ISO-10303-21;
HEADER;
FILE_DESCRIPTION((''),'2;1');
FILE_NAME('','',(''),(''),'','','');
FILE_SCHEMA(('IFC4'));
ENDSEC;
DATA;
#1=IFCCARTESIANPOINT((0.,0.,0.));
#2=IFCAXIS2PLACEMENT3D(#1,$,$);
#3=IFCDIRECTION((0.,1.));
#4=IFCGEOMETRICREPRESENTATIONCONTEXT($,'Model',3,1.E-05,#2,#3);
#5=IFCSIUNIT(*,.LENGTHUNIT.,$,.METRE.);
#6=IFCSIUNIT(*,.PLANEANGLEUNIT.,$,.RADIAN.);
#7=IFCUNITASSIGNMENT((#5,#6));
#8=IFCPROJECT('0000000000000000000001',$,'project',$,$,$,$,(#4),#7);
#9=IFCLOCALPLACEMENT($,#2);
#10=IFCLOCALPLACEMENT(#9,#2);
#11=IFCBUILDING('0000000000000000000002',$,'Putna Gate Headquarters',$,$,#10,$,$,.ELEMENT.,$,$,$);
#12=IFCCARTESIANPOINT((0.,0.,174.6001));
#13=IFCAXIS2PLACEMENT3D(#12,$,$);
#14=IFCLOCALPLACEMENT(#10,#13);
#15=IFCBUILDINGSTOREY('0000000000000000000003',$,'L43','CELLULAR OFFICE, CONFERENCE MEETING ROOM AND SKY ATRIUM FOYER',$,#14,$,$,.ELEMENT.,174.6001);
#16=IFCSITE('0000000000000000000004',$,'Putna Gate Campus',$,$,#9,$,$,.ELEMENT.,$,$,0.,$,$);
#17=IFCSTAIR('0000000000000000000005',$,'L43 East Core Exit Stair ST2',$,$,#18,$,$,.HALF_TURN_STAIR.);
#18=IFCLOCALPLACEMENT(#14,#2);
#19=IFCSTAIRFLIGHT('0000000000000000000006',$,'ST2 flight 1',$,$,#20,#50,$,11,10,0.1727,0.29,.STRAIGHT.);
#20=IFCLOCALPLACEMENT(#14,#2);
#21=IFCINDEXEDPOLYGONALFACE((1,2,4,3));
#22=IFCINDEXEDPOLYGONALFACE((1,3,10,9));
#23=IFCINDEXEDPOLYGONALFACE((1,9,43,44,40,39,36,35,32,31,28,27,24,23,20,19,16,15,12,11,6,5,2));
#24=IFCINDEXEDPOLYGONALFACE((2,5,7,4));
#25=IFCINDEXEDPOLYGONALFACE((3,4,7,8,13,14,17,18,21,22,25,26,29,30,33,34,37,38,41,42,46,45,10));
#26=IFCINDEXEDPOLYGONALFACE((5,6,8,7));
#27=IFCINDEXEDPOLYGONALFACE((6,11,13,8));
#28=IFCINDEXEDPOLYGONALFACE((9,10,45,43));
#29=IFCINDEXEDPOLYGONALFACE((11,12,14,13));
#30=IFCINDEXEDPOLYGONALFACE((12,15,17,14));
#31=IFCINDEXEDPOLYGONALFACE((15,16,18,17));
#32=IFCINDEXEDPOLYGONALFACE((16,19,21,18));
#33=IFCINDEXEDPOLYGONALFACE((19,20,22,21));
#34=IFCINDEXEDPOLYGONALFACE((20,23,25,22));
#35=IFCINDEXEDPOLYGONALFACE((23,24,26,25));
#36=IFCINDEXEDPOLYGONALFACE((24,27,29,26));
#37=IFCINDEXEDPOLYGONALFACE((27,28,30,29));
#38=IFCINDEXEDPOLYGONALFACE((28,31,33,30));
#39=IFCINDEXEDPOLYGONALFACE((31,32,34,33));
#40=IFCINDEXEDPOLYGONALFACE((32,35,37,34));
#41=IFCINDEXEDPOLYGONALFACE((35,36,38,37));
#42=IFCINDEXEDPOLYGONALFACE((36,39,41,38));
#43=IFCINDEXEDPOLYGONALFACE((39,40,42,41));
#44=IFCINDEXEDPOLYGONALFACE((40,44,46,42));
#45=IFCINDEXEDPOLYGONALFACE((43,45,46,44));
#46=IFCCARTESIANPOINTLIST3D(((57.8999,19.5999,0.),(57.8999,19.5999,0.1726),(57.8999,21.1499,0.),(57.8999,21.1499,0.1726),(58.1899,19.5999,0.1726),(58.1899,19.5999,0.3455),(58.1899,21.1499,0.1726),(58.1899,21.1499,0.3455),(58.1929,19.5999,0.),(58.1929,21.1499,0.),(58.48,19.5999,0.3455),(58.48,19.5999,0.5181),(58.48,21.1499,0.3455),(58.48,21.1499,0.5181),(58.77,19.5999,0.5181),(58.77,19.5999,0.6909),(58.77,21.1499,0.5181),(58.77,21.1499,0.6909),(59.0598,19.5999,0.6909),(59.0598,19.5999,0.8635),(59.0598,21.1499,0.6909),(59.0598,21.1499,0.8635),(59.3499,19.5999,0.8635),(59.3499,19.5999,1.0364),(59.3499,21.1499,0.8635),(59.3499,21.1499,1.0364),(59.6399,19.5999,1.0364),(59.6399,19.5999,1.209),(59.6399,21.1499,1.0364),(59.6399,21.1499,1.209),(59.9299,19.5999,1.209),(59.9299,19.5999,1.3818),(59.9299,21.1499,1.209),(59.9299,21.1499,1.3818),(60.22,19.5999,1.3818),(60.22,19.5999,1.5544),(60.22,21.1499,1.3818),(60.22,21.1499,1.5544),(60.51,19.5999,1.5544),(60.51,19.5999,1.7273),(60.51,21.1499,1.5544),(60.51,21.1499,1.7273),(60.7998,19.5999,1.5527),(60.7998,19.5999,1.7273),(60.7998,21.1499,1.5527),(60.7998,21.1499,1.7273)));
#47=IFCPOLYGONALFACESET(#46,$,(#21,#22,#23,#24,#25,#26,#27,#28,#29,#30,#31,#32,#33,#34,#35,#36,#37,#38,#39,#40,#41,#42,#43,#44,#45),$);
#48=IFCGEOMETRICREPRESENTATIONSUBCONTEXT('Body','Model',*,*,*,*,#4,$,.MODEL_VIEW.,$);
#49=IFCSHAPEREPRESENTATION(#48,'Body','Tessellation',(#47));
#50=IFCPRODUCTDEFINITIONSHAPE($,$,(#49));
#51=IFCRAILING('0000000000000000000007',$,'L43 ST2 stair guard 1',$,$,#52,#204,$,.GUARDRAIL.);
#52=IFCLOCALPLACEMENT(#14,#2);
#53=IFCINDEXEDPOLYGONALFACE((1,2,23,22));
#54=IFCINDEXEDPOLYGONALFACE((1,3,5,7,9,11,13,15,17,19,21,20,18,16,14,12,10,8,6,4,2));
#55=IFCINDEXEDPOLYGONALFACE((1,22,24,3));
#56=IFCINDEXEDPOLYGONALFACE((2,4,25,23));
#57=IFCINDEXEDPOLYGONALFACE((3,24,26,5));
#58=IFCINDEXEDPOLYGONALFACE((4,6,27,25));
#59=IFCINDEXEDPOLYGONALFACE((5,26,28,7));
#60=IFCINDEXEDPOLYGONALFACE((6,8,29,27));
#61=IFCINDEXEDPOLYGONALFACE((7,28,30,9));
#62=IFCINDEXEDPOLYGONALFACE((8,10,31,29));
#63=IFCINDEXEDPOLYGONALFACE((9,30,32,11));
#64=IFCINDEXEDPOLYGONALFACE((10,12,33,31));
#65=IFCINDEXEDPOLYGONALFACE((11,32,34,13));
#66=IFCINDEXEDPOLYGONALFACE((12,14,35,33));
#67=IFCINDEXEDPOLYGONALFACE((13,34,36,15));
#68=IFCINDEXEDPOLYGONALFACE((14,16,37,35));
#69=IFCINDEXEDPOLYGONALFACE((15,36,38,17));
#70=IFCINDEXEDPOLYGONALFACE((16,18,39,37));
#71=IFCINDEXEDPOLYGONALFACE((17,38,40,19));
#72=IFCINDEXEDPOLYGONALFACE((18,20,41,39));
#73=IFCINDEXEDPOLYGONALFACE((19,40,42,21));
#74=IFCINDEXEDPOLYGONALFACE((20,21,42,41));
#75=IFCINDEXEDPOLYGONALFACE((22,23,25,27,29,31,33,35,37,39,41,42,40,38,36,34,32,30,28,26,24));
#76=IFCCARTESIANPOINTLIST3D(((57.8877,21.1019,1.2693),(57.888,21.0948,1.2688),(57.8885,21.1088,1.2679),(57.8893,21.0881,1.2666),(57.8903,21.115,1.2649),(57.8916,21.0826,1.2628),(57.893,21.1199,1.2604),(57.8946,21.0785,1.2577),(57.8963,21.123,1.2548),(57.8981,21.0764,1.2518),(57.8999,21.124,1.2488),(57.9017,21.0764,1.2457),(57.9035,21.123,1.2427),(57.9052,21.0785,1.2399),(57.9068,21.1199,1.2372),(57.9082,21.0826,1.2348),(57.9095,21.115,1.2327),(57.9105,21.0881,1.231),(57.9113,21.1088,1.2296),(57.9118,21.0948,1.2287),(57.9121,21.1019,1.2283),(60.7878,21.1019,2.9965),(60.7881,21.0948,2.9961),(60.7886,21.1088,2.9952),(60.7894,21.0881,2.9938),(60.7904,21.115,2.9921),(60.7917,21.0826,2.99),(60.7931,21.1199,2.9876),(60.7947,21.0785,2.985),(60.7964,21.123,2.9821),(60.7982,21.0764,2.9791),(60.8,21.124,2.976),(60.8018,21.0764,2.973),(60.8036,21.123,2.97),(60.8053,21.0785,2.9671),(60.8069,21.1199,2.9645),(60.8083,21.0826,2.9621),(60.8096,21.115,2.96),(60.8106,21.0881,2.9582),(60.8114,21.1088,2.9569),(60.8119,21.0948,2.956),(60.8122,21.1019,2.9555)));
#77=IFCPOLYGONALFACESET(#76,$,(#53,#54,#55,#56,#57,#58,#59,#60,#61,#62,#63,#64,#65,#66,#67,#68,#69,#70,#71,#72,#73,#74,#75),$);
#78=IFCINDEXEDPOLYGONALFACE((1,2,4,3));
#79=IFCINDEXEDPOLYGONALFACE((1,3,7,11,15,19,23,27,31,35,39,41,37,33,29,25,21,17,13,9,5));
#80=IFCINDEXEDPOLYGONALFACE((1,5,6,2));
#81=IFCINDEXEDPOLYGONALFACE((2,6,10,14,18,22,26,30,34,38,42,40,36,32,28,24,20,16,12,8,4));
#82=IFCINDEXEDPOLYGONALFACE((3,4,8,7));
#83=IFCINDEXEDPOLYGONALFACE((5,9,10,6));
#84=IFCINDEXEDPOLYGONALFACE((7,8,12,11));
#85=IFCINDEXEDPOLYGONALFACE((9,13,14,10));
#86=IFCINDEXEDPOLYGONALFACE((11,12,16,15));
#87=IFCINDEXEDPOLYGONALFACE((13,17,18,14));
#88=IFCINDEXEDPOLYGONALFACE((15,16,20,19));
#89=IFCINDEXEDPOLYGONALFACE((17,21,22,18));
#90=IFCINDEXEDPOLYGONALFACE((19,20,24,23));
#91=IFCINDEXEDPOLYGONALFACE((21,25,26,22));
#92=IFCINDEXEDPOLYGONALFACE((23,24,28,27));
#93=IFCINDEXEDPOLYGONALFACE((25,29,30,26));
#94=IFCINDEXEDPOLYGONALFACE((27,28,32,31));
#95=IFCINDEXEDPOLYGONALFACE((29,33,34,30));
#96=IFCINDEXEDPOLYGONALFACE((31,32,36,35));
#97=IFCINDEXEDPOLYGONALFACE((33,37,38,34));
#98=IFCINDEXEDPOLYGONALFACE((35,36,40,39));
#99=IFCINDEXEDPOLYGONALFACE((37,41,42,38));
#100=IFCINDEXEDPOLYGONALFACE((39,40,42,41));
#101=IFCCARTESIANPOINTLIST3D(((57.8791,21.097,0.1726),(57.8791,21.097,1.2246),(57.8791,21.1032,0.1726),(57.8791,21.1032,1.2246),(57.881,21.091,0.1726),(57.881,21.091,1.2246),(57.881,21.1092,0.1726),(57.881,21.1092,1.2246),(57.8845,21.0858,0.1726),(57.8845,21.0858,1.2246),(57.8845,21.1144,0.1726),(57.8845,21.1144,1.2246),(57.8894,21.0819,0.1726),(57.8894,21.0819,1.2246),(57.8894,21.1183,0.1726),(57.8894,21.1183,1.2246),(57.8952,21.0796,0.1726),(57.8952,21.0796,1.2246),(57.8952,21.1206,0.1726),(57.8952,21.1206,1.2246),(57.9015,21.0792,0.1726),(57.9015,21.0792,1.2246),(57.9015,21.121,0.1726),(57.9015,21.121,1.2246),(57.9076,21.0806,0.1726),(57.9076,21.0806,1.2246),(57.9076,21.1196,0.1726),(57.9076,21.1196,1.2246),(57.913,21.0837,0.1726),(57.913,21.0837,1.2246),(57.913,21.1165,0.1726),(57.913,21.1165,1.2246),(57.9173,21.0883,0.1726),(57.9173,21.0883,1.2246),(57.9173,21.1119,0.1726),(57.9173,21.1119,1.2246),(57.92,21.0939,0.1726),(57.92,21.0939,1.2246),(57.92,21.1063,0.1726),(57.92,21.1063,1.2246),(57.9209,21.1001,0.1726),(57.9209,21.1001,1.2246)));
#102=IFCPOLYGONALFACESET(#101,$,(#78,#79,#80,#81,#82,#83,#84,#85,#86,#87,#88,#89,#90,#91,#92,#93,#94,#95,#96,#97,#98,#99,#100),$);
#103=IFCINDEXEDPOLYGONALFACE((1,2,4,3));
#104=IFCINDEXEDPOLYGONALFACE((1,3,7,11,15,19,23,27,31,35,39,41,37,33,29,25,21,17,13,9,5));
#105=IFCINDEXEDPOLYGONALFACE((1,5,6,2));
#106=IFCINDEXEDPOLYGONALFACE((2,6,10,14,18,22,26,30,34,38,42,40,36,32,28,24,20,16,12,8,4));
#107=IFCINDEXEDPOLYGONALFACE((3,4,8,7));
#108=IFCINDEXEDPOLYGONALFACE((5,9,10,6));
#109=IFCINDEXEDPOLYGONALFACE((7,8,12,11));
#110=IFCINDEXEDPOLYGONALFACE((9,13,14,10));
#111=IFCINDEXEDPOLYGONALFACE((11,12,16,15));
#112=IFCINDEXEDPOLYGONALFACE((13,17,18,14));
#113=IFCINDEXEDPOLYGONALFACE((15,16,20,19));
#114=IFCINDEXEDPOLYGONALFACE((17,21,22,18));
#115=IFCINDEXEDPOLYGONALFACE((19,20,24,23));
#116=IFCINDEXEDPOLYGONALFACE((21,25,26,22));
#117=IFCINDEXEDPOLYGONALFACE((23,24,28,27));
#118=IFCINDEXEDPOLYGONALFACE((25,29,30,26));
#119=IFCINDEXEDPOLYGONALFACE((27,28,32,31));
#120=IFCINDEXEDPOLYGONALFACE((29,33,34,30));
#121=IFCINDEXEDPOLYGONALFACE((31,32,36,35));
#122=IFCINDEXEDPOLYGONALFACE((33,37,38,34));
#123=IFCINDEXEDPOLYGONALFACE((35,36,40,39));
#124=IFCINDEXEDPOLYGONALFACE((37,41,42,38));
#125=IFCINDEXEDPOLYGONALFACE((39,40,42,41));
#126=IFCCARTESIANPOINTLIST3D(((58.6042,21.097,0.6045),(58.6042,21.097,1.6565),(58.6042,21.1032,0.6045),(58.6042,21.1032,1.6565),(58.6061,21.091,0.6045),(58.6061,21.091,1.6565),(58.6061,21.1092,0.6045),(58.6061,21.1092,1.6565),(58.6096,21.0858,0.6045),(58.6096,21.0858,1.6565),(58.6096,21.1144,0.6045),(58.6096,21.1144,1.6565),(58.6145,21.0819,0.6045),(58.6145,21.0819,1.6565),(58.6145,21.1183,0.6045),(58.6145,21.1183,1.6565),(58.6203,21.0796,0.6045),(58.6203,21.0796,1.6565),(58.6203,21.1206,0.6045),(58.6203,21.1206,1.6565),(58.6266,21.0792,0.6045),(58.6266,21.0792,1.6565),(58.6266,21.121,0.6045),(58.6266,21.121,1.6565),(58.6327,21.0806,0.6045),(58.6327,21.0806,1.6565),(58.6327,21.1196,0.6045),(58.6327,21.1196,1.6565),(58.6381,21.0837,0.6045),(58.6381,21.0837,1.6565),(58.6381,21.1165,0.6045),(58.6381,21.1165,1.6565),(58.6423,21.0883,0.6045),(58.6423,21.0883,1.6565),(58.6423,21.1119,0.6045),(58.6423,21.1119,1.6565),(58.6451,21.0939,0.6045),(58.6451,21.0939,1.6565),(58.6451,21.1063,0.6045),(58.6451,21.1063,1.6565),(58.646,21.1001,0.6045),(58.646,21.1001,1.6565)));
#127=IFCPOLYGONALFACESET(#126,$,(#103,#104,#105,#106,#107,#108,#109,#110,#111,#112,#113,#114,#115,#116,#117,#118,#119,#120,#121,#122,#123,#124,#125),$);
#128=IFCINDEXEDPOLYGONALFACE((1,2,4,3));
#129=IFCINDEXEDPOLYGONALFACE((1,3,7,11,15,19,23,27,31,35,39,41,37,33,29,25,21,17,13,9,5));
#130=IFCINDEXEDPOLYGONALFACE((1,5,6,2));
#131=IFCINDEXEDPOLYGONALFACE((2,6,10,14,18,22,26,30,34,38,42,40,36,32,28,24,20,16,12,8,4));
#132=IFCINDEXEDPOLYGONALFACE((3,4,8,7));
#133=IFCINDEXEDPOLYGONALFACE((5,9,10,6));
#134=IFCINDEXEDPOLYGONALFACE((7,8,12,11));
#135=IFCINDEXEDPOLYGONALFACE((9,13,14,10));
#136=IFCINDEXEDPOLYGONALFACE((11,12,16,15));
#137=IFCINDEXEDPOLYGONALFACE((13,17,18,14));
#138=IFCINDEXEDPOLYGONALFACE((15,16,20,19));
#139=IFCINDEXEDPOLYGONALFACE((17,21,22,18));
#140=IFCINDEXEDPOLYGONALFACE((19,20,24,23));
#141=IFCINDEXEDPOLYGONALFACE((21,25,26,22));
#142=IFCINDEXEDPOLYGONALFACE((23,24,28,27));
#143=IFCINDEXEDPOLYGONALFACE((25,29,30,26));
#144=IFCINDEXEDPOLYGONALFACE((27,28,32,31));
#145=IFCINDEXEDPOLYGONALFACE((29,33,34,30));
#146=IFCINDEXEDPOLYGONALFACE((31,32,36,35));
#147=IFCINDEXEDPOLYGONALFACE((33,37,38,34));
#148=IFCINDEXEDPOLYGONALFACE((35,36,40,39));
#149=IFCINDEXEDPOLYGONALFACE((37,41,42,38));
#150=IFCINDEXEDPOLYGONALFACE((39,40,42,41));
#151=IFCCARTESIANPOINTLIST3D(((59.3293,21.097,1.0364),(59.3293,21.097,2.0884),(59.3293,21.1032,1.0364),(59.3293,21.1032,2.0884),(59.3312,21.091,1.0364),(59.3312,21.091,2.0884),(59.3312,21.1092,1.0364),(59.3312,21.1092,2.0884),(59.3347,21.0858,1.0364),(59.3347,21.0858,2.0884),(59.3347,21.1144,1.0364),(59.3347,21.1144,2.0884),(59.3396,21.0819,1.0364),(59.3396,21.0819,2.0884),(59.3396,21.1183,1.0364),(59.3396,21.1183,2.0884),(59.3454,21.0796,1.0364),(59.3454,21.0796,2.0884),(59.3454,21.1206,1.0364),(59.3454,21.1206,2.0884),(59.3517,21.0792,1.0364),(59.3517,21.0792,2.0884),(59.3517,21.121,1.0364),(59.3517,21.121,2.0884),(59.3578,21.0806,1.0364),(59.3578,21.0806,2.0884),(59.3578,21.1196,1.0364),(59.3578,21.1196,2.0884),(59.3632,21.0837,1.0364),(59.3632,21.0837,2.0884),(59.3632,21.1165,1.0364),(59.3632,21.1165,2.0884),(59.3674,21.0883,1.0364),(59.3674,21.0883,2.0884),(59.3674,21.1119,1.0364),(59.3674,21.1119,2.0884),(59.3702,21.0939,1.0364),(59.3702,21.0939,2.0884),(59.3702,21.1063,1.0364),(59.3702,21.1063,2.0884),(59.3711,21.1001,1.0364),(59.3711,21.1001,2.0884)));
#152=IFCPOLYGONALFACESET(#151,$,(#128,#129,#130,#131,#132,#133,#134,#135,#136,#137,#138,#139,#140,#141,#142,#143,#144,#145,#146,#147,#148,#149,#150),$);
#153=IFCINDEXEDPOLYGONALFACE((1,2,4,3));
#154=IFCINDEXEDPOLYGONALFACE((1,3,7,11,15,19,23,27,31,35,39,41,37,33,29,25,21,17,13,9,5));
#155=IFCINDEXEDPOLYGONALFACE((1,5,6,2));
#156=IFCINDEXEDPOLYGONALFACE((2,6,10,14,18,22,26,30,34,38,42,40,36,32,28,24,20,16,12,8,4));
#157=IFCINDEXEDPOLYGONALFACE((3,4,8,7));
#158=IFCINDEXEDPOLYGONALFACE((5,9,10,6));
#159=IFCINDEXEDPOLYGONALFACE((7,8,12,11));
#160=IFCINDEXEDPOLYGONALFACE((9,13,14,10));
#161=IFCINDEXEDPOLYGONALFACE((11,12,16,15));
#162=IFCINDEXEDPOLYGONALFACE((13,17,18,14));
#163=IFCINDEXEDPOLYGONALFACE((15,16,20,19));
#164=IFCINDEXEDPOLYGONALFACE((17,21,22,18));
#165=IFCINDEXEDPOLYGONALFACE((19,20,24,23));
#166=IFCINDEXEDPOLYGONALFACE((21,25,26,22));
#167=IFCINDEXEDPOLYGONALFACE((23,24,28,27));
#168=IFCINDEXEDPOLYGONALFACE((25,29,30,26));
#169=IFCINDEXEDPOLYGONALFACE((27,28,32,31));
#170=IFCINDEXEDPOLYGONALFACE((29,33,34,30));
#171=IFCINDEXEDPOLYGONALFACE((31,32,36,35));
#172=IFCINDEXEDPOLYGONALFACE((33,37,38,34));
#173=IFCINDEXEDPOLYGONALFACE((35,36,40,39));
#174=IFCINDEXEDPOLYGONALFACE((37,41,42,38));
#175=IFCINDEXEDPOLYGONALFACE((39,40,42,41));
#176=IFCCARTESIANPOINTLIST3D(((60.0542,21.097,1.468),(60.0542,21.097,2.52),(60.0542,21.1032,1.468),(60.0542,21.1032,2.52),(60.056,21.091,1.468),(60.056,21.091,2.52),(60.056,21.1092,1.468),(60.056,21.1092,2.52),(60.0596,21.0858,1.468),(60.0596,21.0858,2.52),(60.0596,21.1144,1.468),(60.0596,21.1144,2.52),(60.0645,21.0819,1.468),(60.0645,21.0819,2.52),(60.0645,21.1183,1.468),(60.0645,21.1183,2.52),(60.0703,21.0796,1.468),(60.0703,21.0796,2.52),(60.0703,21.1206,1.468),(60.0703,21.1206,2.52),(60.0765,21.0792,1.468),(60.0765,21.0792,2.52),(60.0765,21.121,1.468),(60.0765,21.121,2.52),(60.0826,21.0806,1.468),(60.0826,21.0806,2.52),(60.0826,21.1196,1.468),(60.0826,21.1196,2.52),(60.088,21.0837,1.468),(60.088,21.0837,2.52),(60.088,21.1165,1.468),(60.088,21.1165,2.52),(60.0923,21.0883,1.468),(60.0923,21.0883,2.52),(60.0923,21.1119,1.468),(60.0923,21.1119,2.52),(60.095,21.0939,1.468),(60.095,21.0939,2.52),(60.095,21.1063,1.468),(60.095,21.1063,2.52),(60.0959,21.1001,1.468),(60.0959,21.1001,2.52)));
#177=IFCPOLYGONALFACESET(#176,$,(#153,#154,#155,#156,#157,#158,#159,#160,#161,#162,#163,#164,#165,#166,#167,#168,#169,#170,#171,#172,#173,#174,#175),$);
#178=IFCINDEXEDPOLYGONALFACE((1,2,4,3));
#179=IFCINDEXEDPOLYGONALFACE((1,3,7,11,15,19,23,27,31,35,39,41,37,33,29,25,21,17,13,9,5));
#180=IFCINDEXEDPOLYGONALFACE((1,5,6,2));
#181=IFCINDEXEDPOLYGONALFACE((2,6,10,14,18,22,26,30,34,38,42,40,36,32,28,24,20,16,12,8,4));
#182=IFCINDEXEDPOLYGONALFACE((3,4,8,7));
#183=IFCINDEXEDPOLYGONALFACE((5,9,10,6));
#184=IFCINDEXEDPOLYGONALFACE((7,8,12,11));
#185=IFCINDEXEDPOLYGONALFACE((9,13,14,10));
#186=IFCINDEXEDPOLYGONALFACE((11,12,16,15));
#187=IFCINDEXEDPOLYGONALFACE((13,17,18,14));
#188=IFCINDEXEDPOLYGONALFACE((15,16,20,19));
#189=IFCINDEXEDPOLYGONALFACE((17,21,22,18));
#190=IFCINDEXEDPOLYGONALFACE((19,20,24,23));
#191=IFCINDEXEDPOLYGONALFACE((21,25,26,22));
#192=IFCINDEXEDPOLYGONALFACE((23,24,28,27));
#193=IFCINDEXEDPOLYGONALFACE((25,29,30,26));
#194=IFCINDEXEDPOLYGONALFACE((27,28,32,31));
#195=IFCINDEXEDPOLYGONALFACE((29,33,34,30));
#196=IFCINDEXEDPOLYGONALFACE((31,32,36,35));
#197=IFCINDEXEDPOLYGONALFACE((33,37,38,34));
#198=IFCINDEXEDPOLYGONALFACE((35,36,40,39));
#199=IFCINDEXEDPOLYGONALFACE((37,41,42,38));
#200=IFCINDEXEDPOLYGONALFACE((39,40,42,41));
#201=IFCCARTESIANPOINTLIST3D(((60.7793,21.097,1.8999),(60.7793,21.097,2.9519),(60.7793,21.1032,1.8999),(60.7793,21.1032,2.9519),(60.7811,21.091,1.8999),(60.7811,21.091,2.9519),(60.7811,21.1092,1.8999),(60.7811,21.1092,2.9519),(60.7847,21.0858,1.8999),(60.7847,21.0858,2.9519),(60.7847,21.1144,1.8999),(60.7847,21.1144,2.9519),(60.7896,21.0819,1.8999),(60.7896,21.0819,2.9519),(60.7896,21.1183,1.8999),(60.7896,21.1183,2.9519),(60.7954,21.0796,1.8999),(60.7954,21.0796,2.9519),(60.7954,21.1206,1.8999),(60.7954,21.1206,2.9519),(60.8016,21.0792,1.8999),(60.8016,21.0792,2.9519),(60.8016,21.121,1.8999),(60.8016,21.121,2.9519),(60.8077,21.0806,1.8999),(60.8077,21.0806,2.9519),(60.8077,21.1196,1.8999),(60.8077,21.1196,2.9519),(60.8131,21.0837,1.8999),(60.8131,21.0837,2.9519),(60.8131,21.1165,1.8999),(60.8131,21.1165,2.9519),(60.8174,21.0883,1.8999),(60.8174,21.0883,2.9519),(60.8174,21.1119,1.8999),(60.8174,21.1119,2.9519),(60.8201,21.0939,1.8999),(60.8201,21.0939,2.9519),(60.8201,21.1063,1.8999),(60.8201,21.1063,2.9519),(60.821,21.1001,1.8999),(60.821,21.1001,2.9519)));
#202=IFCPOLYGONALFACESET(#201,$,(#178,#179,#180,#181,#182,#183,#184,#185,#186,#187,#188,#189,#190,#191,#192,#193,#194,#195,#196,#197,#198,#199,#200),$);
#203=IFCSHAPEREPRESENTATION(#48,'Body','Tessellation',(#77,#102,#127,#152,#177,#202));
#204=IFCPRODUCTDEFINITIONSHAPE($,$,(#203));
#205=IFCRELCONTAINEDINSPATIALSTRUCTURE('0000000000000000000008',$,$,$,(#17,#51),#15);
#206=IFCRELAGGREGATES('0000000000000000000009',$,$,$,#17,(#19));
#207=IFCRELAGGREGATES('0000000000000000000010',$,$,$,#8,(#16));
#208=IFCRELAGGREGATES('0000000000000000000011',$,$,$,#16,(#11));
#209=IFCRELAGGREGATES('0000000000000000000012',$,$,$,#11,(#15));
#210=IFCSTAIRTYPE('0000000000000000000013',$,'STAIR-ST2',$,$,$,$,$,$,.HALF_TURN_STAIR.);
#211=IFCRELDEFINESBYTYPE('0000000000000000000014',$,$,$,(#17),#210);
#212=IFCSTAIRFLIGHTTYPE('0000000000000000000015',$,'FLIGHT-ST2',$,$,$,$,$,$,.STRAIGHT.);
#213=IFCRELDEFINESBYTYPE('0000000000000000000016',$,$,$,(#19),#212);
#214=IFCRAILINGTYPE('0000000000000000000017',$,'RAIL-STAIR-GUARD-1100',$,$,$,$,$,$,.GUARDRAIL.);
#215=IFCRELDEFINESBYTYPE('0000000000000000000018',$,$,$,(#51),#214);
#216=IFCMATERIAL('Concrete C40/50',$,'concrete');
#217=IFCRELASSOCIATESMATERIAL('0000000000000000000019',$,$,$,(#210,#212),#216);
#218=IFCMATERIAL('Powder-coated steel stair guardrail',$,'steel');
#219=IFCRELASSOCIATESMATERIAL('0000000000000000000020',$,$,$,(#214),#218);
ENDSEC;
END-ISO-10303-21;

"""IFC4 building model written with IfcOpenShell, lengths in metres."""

from ifc_helpers import new_model, si_unit, direction, frame, origin, origin_2d, place, context, subcontext, project, spatial, polyline, circle, outline, extrude, material, type_object, element, aggregate, save


model = new_model("IFC4")

# Units and contexts
model_context = context("Model", 3, precision=1e-05, world=origin(), true_north=direction((0.0, 1.0)))
body_context = subcontext(model_context, "Body", "Model", "MODEL_VIEW")
ifc_project = project(units=[si_unit("LENGTHUNIT", "METRE"), si_unit("PLANEANGLEUNIT", "RADIAN")], contexts=[model_context])

# Site, building, storey
site_placement = place(None, origin())
site = spatial("IfcSite", under=ifc_project, at=site_placement, Name="Putna Gate Campus", CompositionType="ELEMENT", RefElevation=0.0)
building_placement = place(site_placement, origin())
building = spatial("IfcBuilding", under=site, at=building_placement, Name="Putna Gate Headquarters", CompositionType="ELEMENT")
storey_placement = place(building_placement, frame((0.0, 0.0, 174.6001)))
storey = spatial("IfcBuildingStorey", under=building, at=storey_placement, Name="L43", Description="CELLULAR OFFICE, CONFERENCE MEETING ROOM AND SKY ATRIUM FOYER", CompositionType="ELEMENT", Elevation=174.6001)

# Shared definitions
ifc_material_1 = material(Name="Concrete C40/50", Category="concrete")

# Stair, stair flight
stair_type = type_object("IfcStairType", Name="STAIR-ST2", PredefinedType="HALF_TURN_STAIR", material=ifc_material_1)
stair_placement = place(storey_placement, origin())
stair = element("IfcStair", 1, at=stair_placement, inside=storey, type_object=stair_type, Name="L43 East Core Exit Stair ST2", PredefinedType="HALF_TURN_STAIR")
stair_flight_type = type_object("IfcStairFlightType", Name="FLIGHT-ST2", PredefinedType="STRAIGHT", material=ifc_material_1)
stair_flight_placement = place(storey_placement, frame((57.8999, 20.375, 0.0), z_axis=(0.0, 0.0, 1.0), x_axis=(1.0, 0.0, 0.0)))
stair_flight = element("IfcStairFlight", 2, at=stair_flight_placement, type_object=stair_flight_type, Name="ST2 flight 1", NumberOfRisers=11, NumberOfTreads=10, PredefinedType="STRAIGHT", RiserHeight=0.1727, TreadLength=0.29, context=body_context, shape_type="SweptSolid", body=[
    extrude(outline(polyline([(0.0, 0.0), (0.0, 0.1726), (0.29, 0.1726), (0.29, 0.3455), (0.5801, 0.3455), (0.5801, 0.5181), (0.8701, 0.5181), (0.8701, 0.6909), (1.1599, 0.6909), (1.1599, 0.8635), (1.45, 0.8635), (1.45, 1.0364), (1.74, 1.0364), (1.74, 1.209), (2.03, 1.209), (2.03, 1.3818), (2.3201, 1.3818), (2.3201, 1.5544), (2.6101, 1.5544), (2.6101, 1.7273), (2.8999, 1.7273), (2.8999, 1.8999), (2.8999, 1.5527), (0.293, 0.0), (0.0, 0.0)])), frame((0.0, 0.7749, 0.0), z_axis=(0.0, -1.0, 0.0), x_axis=(1.0, 0.0, 0.0)), (0.0, 0.0, 1.0), 1.55),
])
aggregate(stair, [stair_flight])

# Railing
ifc_material_2 = material(Name="Powder-coated steel stair guardrail", Category="steel")
railing_type_1 = type_object("IfcRailingType", Name="RAIL-STAIR-GUARD-1100", PredefinedType="GUARDRAIL", material=ifc_material_2)
railing_1_placement = place(storey_placement, frame((57.8999, 21.1001, 0.1726)))
element("IfcRailing", 3, at=railing_1_placement, inside=storey, type_object=railing_type_1, Name="L43 ST2 stair guard 1", PredefinedType="GUARDRAIL", context=body_context, shape_type="SweptSolid", body=[
    extrude(circle(Radius=0.0239, at=origin_2d()), frame((0.0, 0.0, 1.0762), z_axis=(0.85916, 0.0, 0.511706), x_axis=(0.0, 1.0, 0.0)), (0.0, 0.0, 1.0), 3.3755),
    extrude(circle(Radius=0.021, at=origin_2d()), origin(), (0.0, 0.0, 1.0), 1.052),
    extrude(circle(Radius=0.021, at=origin_2d()), frame((0.7251, 0.0, 0.4319)), (0.0, 0.0, 1.0), 1.052),
    extrude(circle(Radius=0.021, at=origin_2d()), frame((1.4502, 0.0, 0.8638)), (0.0, 0.0, 1.0), 1.052),
    extrude(circle(Radius=0.021, at=origin_2d()), frame((2.175, 0.0, 1.2954)), (0.0, 0.0, 1.0), 1.052),
    extrude(circle(Radius=0.021, at=origin_2d()), frame((2.9001, 0.0, 1.7273)), (0.0, 0.0, 1.0), 1.052),
])

save(model, "model.ifc")
